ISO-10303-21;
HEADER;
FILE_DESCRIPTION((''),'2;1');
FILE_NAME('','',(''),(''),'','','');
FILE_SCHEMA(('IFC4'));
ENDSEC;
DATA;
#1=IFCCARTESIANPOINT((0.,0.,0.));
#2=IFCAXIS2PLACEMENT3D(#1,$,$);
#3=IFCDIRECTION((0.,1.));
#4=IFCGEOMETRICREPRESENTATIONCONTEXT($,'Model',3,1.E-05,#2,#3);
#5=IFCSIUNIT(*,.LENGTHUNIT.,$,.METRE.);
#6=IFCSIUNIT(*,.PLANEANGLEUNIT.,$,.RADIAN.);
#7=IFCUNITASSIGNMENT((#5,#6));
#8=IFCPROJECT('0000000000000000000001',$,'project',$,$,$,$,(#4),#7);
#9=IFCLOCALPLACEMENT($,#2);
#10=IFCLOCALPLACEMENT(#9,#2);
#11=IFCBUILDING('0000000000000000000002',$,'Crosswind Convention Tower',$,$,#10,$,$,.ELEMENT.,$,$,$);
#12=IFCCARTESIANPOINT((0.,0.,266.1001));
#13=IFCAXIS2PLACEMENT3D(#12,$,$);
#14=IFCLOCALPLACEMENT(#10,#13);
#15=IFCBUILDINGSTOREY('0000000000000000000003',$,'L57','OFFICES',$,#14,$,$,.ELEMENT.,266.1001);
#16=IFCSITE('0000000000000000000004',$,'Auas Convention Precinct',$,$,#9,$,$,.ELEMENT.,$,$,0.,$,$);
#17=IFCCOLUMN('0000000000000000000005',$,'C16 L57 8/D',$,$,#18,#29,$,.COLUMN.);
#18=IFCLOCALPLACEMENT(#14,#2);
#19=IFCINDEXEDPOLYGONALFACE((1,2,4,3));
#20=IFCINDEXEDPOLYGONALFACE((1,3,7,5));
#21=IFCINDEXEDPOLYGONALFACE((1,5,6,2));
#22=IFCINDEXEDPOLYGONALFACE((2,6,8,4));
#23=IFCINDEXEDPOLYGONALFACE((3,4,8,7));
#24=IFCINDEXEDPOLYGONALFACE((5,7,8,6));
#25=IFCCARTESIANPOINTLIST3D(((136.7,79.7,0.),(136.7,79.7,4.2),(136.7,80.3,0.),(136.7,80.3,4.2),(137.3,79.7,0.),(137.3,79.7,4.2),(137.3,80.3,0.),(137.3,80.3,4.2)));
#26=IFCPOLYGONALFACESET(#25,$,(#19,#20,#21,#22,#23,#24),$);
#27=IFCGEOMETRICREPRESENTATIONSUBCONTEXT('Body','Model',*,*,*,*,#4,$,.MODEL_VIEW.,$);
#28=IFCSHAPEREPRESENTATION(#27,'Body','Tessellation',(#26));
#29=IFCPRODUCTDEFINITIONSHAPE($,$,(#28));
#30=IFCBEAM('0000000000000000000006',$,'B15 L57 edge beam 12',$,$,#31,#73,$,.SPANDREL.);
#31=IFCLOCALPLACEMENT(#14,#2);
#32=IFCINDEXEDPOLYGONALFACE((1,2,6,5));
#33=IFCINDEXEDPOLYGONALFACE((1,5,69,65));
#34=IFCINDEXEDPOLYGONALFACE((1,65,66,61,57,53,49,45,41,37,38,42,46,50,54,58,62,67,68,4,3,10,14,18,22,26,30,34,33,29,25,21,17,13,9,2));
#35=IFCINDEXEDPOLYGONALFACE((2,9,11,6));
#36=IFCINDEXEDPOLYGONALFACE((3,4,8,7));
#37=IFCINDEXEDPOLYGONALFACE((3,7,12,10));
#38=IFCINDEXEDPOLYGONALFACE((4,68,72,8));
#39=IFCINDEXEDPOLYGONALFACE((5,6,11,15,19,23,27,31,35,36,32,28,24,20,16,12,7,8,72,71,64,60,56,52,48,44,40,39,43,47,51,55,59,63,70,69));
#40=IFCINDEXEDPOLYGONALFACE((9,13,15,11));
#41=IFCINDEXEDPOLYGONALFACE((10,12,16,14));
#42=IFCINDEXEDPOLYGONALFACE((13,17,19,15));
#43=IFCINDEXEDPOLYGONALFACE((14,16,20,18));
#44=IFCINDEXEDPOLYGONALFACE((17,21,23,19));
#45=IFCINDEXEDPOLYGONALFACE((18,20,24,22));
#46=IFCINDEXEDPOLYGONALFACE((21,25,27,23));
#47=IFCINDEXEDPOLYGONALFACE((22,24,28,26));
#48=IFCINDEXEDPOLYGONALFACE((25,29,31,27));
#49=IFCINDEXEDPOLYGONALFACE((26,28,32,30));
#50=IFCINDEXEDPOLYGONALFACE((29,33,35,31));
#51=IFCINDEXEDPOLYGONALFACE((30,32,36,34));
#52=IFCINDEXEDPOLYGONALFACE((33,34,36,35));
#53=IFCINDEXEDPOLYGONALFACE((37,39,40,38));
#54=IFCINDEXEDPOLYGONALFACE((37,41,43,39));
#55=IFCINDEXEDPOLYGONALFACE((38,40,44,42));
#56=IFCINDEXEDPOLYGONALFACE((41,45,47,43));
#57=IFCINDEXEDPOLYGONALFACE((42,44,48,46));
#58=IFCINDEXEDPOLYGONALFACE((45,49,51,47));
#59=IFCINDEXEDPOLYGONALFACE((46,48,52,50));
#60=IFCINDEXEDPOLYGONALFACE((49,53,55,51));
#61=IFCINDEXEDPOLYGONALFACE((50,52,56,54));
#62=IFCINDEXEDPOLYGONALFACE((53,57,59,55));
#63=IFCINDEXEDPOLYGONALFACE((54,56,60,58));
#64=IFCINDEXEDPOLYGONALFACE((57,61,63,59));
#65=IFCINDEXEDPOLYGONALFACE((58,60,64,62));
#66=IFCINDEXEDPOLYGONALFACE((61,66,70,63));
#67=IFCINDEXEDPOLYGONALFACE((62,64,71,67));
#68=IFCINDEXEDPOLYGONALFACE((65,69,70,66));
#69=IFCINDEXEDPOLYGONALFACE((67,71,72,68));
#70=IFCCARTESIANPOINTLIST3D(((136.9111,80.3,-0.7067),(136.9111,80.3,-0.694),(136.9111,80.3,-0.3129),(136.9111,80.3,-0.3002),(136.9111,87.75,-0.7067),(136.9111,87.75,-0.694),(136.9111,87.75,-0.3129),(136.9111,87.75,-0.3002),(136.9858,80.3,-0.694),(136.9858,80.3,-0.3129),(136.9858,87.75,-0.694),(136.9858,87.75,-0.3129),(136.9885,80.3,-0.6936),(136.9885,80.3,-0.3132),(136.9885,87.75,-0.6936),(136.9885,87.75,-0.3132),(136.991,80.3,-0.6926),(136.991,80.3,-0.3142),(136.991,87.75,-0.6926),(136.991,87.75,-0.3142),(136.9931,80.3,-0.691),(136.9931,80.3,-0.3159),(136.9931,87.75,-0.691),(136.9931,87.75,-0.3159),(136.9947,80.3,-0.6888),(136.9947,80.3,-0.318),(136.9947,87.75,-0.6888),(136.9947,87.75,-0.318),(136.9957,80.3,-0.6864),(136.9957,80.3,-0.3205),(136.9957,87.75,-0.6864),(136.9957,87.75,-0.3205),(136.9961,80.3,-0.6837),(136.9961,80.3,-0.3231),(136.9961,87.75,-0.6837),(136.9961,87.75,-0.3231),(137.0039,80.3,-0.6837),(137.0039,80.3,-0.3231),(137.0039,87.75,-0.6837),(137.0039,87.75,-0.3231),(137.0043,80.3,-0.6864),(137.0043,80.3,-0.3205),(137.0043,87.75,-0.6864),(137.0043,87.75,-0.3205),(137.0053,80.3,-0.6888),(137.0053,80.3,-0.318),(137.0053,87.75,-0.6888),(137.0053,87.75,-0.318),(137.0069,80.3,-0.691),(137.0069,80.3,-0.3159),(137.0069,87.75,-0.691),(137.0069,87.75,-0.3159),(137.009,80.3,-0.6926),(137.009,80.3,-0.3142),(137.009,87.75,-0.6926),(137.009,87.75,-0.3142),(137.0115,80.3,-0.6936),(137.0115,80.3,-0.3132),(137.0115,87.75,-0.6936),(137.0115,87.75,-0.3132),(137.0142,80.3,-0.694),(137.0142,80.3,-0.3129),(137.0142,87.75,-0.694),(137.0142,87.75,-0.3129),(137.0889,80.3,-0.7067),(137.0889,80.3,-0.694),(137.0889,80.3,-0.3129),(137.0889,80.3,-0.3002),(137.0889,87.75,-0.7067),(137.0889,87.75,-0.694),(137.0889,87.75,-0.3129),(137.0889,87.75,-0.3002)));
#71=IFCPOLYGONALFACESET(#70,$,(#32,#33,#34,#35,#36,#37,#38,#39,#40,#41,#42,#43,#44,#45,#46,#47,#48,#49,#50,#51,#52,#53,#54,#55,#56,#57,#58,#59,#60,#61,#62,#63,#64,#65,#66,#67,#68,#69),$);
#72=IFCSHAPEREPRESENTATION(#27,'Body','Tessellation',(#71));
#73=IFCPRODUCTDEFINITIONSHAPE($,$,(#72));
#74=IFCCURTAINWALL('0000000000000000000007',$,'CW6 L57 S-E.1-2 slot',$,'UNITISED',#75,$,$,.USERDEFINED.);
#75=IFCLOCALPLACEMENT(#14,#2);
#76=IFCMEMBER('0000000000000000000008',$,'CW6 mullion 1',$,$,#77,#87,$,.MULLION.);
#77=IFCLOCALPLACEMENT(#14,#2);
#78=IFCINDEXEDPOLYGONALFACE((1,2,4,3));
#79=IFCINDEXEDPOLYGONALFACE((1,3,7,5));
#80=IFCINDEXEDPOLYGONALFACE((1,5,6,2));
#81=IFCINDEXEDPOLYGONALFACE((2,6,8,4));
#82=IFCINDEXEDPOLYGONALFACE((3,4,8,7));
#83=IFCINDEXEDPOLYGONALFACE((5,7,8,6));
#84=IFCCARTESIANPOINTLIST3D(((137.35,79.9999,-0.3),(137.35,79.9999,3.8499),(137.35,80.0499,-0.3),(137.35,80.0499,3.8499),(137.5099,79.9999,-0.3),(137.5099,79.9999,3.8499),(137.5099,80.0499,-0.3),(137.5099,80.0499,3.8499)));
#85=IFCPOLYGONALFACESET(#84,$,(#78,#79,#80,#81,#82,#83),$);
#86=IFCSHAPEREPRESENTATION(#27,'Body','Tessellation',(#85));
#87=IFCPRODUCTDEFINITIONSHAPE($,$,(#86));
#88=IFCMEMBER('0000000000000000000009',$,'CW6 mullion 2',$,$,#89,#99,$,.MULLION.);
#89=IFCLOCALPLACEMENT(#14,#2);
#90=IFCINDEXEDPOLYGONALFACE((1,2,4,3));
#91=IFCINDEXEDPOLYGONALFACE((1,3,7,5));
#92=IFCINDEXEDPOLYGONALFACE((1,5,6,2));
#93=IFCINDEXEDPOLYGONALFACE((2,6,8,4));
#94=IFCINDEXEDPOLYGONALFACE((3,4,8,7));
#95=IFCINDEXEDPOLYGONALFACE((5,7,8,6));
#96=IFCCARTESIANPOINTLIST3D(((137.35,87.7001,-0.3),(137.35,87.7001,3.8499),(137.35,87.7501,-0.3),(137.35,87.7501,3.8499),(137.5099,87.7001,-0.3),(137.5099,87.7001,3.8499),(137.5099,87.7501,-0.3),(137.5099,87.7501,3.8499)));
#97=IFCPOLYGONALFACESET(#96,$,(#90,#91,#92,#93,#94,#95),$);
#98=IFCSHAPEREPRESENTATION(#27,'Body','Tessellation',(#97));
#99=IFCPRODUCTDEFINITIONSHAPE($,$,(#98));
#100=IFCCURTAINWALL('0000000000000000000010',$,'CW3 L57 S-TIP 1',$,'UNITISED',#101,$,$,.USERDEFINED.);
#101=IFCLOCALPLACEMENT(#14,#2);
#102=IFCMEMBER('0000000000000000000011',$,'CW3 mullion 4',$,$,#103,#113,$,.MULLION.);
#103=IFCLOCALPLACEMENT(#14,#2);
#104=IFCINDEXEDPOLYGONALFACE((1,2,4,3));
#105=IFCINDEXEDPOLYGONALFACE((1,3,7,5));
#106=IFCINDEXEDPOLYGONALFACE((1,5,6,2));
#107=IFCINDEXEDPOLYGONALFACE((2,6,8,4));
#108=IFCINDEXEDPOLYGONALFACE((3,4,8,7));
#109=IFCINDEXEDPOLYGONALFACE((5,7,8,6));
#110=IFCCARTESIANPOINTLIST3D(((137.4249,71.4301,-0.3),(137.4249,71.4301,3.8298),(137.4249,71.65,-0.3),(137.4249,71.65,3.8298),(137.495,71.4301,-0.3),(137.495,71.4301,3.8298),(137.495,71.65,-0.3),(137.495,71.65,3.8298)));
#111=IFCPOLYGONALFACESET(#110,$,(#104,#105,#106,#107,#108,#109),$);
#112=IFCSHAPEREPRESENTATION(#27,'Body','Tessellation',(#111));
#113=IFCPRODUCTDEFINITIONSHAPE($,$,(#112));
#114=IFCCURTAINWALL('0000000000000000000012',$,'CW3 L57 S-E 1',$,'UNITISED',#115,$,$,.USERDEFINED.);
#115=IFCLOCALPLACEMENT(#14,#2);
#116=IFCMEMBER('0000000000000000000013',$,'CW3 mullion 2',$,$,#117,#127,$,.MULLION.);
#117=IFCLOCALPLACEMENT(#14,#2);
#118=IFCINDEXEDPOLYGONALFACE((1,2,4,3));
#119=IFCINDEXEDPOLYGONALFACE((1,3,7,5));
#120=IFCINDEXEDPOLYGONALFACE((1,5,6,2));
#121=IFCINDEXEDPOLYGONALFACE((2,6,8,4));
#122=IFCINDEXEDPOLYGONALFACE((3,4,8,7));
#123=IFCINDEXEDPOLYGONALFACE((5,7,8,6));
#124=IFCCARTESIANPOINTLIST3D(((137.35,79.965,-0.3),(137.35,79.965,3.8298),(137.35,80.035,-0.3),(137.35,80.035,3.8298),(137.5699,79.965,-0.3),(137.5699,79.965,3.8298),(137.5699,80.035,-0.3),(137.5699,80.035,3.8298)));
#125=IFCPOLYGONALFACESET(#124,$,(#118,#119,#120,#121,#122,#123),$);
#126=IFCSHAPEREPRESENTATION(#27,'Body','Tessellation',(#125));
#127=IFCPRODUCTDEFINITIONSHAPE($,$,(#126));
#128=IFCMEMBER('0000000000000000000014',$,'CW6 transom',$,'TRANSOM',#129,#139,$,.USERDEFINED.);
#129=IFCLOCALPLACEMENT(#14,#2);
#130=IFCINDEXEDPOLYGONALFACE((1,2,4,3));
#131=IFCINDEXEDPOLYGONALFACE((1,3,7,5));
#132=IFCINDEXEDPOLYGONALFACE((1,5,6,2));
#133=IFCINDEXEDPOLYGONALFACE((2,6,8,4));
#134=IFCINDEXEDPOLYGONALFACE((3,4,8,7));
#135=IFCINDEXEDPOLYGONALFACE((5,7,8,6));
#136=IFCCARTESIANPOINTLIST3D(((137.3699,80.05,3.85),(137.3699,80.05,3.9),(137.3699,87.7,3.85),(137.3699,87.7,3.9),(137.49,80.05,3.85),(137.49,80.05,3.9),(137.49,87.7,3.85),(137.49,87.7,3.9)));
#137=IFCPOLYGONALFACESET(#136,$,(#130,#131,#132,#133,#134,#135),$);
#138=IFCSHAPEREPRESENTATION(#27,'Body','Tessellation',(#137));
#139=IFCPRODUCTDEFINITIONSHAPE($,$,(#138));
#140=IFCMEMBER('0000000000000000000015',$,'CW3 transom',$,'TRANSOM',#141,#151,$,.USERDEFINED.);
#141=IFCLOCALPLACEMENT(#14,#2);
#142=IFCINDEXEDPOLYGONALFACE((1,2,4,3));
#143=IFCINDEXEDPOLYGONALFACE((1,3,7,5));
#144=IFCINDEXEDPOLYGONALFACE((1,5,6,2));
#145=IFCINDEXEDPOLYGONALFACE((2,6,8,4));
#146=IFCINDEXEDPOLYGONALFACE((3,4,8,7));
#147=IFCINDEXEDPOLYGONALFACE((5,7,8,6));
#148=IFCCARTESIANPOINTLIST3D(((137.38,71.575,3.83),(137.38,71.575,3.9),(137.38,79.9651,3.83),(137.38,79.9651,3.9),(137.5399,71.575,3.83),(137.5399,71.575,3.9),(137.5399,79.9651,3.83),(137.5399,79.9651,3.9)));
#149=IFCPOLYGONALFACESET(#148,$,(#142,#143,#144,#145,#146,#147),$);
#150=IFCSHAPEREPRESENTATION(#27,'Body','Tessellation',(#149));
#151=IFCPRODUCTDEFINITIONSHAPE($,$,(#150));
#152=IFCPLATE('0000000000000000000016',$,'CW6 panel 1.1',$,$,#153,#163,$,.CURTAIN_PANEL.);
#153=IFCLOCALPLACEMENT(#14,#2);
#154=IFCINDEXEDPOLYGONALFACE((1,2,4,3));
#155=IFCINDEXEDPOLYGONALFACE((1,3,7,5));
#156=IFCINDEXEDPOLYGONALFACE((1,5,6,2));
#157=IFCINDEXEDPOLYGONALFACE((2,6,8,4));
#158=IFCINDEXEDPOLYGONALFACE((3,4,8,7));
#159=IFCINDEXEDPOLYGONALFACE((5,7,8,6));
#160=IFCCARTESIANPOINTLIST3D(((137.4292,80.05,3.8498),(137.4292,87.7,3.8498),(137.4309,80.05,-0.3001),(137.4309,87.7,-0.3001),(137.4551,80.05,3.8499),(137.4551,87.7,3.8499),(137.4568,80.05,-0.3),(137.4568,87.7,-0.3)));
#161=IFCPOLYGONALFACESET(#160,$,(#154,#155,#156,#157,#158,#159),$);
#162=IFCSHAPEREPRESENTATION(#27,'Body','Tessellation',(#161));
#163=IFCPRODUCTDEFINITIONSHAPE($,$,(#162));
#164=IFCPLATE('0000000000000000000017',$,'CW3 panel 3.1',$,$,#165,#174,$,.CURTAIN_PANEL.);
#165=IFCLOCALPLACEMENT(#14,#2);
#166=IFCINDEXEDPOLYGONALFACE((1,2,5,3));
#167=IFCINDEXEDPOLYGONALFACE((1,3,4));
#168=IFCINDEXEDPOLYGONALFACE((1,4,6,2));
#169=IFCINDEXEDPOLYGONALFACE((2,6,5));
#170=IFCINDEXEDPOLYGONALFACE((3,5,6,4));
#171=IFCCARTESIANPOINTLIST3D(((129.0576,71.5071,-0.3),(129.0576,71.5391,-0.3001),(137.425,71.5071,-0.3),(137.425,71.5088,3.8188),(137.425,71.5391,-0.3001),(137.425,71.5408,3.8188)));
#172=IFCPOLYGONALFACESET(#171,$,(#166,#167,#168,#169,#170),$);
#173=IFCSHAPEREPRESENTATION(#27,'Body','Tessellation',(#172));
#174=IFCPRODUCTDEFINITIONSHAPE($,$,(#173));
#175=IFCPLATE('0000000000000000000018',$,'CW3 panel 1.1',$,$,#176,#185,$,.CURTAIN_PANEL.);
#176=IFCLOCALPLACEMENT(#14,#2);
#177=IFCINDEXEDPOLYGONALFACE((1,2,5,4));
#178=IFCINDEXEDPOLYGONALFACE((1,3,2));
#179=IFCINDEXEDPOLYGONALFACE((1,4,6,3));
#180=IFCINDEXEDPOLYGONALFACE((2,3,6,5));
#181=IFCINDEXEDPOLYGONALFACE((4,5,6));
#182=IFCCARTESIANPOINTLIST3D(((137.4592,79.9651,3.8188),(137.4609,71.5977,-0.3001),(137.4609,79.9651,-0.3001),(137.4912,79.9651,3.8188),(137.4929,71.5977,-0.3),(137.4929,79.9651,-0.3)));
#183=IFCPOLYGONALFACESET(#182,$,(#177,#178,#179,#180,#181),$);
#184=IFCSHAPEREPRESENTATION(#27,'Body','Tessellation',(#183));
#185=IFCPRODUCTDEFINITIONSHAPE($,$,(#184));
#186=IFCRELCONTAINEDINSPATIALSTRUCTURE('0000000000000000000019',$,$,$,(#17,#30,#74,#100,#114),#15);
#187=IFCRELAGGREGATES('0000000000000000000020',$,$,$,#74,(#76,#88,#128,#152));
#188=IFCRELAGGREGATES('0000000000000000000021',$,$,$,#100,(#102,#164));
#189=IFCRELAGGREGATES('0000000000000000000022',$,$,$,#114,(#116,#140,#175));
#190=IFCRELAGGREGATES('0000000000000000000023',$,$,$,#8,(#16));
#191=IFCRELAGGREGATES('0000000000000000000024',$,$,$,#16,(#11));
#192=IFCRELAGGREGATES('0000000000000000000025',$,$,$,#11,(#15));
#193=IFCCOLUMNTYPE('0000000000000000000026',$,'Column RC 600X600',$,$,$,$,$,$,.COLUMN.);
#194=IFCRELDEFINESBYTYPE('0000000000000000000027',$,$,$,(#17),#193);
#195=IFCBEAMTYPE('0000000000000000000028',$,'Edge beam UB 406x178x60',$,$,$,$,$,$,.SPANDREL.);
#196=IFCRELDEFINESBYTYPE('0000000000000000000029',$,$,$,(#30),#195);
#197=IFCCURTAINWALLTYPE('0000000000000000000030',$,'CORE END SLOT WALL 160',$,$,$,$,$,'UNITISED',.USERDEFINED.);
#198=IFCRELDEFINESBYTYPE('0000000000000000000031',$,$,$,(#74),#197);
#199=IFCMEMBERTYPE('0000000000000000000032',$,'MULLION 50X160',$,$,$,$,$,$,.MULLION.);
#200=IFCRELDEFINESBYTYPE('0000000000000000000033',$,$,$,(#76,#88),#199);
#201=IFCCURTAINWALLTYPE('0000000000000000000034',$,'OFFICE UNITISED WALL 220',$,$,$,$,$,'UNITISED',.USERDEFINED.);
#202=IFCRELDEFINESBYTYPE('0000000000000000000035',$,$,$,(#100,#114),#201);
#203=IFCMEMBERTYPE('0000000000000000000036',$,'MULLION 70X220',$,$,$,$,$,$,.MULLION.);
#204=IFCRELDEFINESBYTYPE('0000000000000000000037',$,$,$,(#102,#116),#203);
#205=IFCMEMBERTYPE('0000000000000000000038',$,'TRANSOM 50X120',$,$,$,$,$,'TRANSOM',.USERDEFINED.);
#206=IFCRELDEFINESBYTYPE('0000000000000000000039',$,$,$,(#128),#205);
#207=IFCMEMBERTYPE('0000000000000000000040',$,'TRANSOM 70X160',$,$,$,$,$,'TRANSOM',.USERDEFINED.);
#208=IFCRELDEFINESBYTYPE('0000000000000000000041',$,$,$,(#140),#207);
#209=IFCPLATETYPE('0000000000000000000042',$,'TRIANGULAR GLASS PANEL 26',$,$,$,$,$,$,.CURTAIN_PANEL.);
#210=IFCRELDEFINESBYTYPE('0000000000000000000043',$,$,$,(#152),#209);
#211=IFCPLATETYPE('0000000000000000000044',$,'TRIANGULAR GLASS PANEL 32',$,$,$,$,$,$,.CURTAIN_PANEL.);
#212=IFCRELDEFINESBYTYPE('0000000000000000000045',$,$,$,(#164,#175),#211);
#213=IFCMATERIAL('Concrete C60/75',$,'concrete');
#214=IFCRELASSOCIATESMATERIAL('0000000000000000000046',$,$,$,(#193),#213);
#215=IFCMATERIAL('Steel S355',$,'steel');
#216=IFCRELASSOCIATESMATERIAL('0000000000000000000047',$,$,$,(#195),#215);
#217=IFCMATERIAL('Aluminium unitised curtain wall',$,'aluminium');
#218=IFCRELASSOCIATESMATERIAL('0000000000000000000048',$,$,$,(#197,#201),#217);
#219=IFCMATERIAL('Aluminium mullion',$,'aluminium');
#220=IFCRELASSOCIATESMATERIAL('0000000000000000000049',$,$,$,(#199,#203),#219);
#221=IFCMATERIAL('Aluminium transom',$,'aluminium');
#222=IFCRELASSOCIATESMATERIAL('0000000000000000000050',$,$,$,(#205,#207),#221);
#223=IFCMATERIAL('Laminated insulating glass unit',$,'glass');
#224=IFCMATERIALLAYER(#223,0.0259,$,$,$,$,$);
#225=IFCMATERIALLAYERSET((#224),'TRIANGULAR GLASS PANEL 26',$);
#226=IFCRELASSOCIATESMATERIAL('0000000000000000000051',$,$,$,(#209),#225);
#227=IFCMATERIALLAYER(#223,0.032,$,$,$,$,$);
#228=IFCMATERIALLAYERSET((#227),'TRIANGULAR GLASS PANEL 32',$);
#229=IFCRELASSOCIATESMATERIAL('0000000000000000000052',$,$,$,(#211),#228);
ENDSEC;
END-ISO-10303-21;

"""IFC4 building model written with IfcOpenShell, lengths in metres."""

from ifc_helpers import new_model, si_unit, direction, frame, origin, origin_2d, place, context, subcontext, project, spatial, polyline, rectangle, i_section, outline, extrude, material, layer, layer_set, material_profile, profile_set, type_object, element, aggregate, save


model = new_model("IFC4")

# Units and contexts
model_context = context("Model", 3, precision=1e-05, world=origin(), true_north=direction((0.0, 1.0)))
body_context = subcontext(model_context, "Body", "Model", "MODEL_VIEW")
ifc_project = project(units=[si_unit("LENGTHUNIT", "METRE"), si_unit("PLANEANGLEUNIT", "RADIAN")], contexts=[model_context])

# Site, building, storey
site_placement = place(None, origin())
site = spatial("IfcSite", under=ifc_project, at=site_placement, Name="Auas Convention Precinct", CompositionType="ELEMENT", RefElevation=0.0)
building_placement = place(site_placement, origin())
building = spatial("IfcBuilding", under=site, at=building_placement, Name="Crosswind Convention Tower", CompositionType="ELEMENT")
storey_placement = place(building_placement, frame((0.0, 0.0, 266.1001)))
storey = spatial("IfcBuildingStorey", under=building, at=storey_placement, Name="L57", Description="OFFICES", CompositionType="ELEMENT", Elevation=266.1001)

# Column
ifc_material_1 = material(Name="Concrete C60/75", Category="concrete")
ifc_material_profile_1 = material_profile(ifc_material_1, rectangle(XDim=0.6001, YDim=0.6001, at=origin_2d()), Name="RC 600X600")
ifc_profile_set_1 = profile_set([ifc_material_profile_1], Name="Concrete C60/75")
column_type = type_object("IfcColumnType", Name="Column RC 600X600", PredefinedType="COLUMN", material=ifc_profile_set_1)
column_placement = place(storey_placement, frame((137.0, 80.0, 0.0), z_axis=(0.0, 0.0, 1.0), x_axis=(1.0, 0.0, 0.0)))
element("IfcColumn", 1, at=column_placement, inside=storey, type_object=column_type, Name="C16 L57 8/D", PredefinedType="COLUMN", context=body_context, shape_type="SweptSolid", body=[
    extrude(rectangle(XDim=0.6001, YDim=0.6001, at=origin_2d()), origin(), (0.0, 0.0, 1.0), 4.2),
])

# Beam
ifc_material_2 = material(Name="Steel S355", Category="steel")
ifc_material_profile_2 = material_profile(ifc_material_2, i_section(OverallWidth=0.1777, OverallDepth=0.4065, WebThickness=0.0078, FlangeThickness=0.0127, FilletRadius=0.0103, at=origin_2d()), Name="UB 406x178x60")
ifc_profile_set_2 = profile_set([ifc_material_profile_2], Name="Steel S355")
beam_type = type_object("IfcBeamType", Name="Edge beam UB 406x178x60", PredefinedType="SPANDREL", material=ifc_profile_set_2)
beam_placement = place(storey_placement, frame((137.0, 80.3, -0.5034), z_axis=(0.0, 1.0, 0.0), x_axis=(-1.0, 0.0, 0.0)))
element("IfcBeam", 2, at=beam_placement, inside=storey, type_object=beam_type, Name="B15 L57 edge beam 12", PredefinedType="SPANDREL", context=body_context, shape_type="SweptSolid", body=[
    extrude(i_section(OverallWidth=0.1777, OverallDepth=0.4065, WebThickness=0.0078, FlangeThickness=0.0127, FilletRadius=0.0103, at=origin_2d()), origin(), (0.0, 0.0, 1.0), 7.45),
])

# Curtain wall, members
ifc_material_3 = material(Name="Aluminium unitised curtain wall", Category="aluminium")
curtain_wall_type_1 = type_object("IfcCurtainWallType", Name="CORE END SLOT WALL 160", ElementType="UNITISED", PredefinedType="USERDEFINED", material=ifc_material_3)
curtain_wall_1_placement = place(storey_placement, origin())
curtain_wall_1 = element("IfcCurtainWall", 3, at=curtain_wall_1_placement, inside=storey, type_object=curtain_wall_type_1, Name="CW6 L57 S-E.1-2 slot", ObjectType="UNITISED", PredefinedType="USERDEFINED")
ifc_material_4 = material(Name="Aluminium mullion", Category="aluminium")
ifc_material_profile_3 = material_profile(ifc_material_4, rectangle(XDim=0.1599, YDim=0.05, at=origin_2d()), Name="AL 160X50")
ifc_profile_set_3 = profile_set([ifc_material_profile_3], Name="Aluminium mullion")
member_type_1 = type_object("IfcMemberType", Name="MULLION 50X160", PredefinedType="MULLION", material=ifc_profile_set_3)
member_1_placement = place(storey_placement, frame((137.4299, 80.0249, -0.3), z_axis=(0.0, 0.0, 1.0), x_axis=(1.0, 0.0, 0.0)))
member_1 = element("IfcMember", 4, at=member_1_placement, type_object=member_type_1, Name="CW6 mullion 1", PredefinedType="MULLION", context=body_context, shape_type="SweptSolid", body=[
    extrude(rectangle(XDim=0.1599, YDim=0.05, at=origin_2d()), origin(), (0.0, 0.0, 1.0), 4.1499),
])
member_2_placement = place(storey_placement, frame((137.4299, 87.7251, -0.3), z_axis=(0.0, 0.0, 1.0), x_axis=(1.0, 0.0, 0.0)))
member_2 = element("IfcMember", 5, at=member_2_placement, type_object=member_type_1, Name="CW6 mullion 2", PredefinedType="MULLION", context=body_context, shape_type="SweptSolid", body=[
    extrude(rectangle(XDim=0.1599, YDim=0.05, at=origin_2d()), origin(), (0.0, 0.0, 1.0), 4.1499),
])

# Curtain walls, members
curtain_wall_type_2 = type_object("IfcCurtainWallType", Name="OFFICE UNITISED WALL 220", ElementType="UNITISED", PredefinedType="USERDEFINED", material=ifc_material_3)
curtain_wall_2_placement = place(storey_placement, origin())
curtain_wall_2 = element("IfcCurtainWall", 6, at=curtain_wall_2_placement, inside=storey, type_object=curtain_wall_type_2, Name="CW3 L57 S-TIP 1", ObjectType="UNITISED", PredefinedType="USERDEFINED")
ifc_material_profile_4 = material_profile(ifc_material_4, rectangle(XDim=0.22, YDim=0.0701, at=origin_2d()), Name="AL 220X70")
ifc_profile_set_4 = profile_set([ifc_material_profile_4], Name="Aluminium mullion")
member_type_2 = type_object("IfcMemberType", Name="MULLION 70X220", PredefinedType="MULLION", material=ifc_profile_set_4)
member_3_placement = place(storey_placement, frame((137.46, 71.54, -0.3), z_axis=(0.0, 0.0, 1.0), x_axis=(0.0, -1.0, 0.0)))
member_3 = element("IfcMember", 7, at=member_3_placement, type_object=member_type_2, Name="CW3 mullion 4", PredefinedType="MULLION", context=body_context, shape_type="SweptSolid", body=[
    extrude(rectangle(XDim=0.22, YDim=0.0701, at=origin_2d()), origin(), (0.0, 0.0, 1.0), 4.1299),
])
curtain_wall_3_placement = place(storey_placement, origin())
curtain_wall_3 = element("IfcCurtainWall", 8, at=curtain_wall_3_placement, inside=storey, type_object=curtain_wall_type_2, Name="CW3 L57 S-E 1", ObjectType="UNITISED", PredefinedType="USERDEFINED")
member_4_placement = place(storey_placement, frame((137.46, 80.0, -0.3), z_axis=(0.0, 0.0, 1.0), x_axis=(1.0, 0.0, 0.0)))
member_4 = element("IfcMember", 9, at=member_4_placement, type_object=member_type_2, Name="CW3 mullion 2", PredefinedType="MULLION", context=body_context, shape_type="SweptSolid", body=[
    extrude(rectangle(XDim=0.22, YDim=0.0701, at=origin_2d()), origin(), (0.0, 0.0, 1.0), 4.1299),
])

# Members
ifc_material_5 = material(Name="Aluminium transom", Category="aluminium")
ifc_material_profile_5 = material_profile(ifc_material_5, rectangle(XDim=0.1201, YDim=0.05, at=origin_2d()), Name="AL 120X50")
ifc_profile_set_5 = profile_set([ifc_material_profile_5], Name="Aluminium transom")
member_type_3 = type_object("IfcMemberType", Name="TRANSOM 50X120", ElementType="TRANSOM", PredefinedType="USERDEFINED", material=ifc_profile_set_5)
member_5_placement = place(storey_placement, frame((137.4299, 80.05, 3.875), z_axis=(0.0, 1.0, 0.0), x_axis=(-1.0, 0.0, 0.0)))
member_5 = element("IfcMember", 10, at=member_5_placement, type_object=member_type_3, Name="CW6 transom", ObjectType="TRANSOM", PredefinedType="USERDEFINED", context=body_context, shape_type="SweptSolid", body=[
    extrude(rectangle(XDim=0.1201, YDim=0.05, at=origin_2d()), origin(), (0.0, 0.0, 1.0), 7.6499),
])
ifc_material_profile_6 = material_profile(ifc_material_5, rectangle(XDim=0.1599, YDim=0.0701, at=origin_2d()), Name="AL 160X70")
ifc_profile_set_6 = profile_set([ifc_material_profile_6], Name="Aluminium transom")
member_type_4 = type_object("IfcMemberType", Name="TRANSOM 70X160", ElementType="TRANSOM", PredefinedType="USERDEFINED", material=ifc_profile_set_6)
member_6_placement = place(storey_placement, frame((137.46, 71.575, 3.865), z_axis=(0.0, 1.0, 0.0), x_axis=(-1.0, 0.0, 0.0)))
member_6 = element("IfcMember", 11, at=member_6_placement, type_object=member_type_4, Name="CW3 transom", ObjectType="TRANSOM", PredefinedType="USERDEFINED", context=body_context, shape_type="SweptSolid", body=[
    extrude(rectangle(XDim=0.1599, YDim=0.0701, at=origin_2d()), origin(), (0.0, 0.0, 1.0), 8.3901),
])

# Plates
ifc_material_6 = material(Name="Laminated insulating glass unit", Category="glass")
ifc_layer_1 = layer(ifc_material_6, 0.0259)
ifc_layer_set_1 = layer_set([ifc_layer_1], Name="TRIANGULAR GLASS PANEL 26")
plate_type_1 = type_object("IfcPlateType", Name="TRIANGULAR GLASS PANEL 26", PredefinedType="CURTAIN_PANEL", material=ifc_layer_set_1)
plate_1_placement = place(storey_placement, frame((137.4568, 80.05, -0.3), z_axis=(1.0, 0.0, 0.000412), x_axis=(0.0, 1.0, 0.0)))
plate_1 = element("IfcPlate", 12, at=plate_1_placement, type_object=plate_type_1, Name="CW6 panel 1.1", PredefinedType="CURTAIN_PANEL", context=body_context, shape_type="SweptSolid", body=[
    extrude(outline(polyline([(0.0, 0.0), (7.6499, 0.0), (7.6499, 4.1499), (0.0, 4.1499), (0.0, 0.0)])), origin(), (0.0, 0.0, -1.0), 0.0259),
])
aggregate(curtain_wall_1, [member_1, member_2, member_5, plate_1])
ifc_layer_2 = layer(ifc_material_6, 0.032)
ifc_layer_set_2 = layer_set([ifc_layer_2], Name="TRIANGULAR GLASS PANEL 32")
plate_type_2 = type_object("IfcPlateType", Name="TRIANGULAR GLASS PANEL 32", PredefinedType="CURTAIN_PANEL", material=ifc_layer_set_2)
plate_2_placement = place(storey_placement, frame((137.425, 71.5071, -0.3), z_axis=(0.0, -1.0, 0.000415), x_axis=(0.0, 0.000415, 1.0)))
plate_2 = element("IfcPlate", 13, at=plate_2_placement, type_object=plate_type_2, Name="CW3 panel 3.1", PredefinedType="CURTAIN_PANEL", context=body_context, shape_type="SweptSolid", body=[
    extrude(outline(polyline([(0.0, 0.0), (4.1189, 0.0), (0.0, 8.3674), (0.0, 0.0)])), origin(), (0.0, 0.0, -1.0), 0.032),
])
aggregate(curtain_wall_2, [member_3, plate_2])
plate_3_placement = place(storey_placement, frame((137.4929, 79.9651, -0.3), z_axis=(1.0, 0.0, 0.000415), x_axis=(-0.000415, 0.0, 1.0)))
plate_3 = element("IfcPlate", 14, at=plate_3_placement, type_object=plate_type_2, Name="CW3 panel 1.1", PredefinedType="CURTAIN_PANEL", context=body_context, shape_type="SweptSolid", body=[
    extrude(outline(polyline([(0.0, 0.0), (4.1189, 0.0), (0.0, 8.3674), (0.0, 0.0)])), origin(), (0.0, 0.0, -1.0), 0.032),
])

aggregate(curtain_wall_3, [member_4, member_6, plate_3])

save(model, "model.ifc")
